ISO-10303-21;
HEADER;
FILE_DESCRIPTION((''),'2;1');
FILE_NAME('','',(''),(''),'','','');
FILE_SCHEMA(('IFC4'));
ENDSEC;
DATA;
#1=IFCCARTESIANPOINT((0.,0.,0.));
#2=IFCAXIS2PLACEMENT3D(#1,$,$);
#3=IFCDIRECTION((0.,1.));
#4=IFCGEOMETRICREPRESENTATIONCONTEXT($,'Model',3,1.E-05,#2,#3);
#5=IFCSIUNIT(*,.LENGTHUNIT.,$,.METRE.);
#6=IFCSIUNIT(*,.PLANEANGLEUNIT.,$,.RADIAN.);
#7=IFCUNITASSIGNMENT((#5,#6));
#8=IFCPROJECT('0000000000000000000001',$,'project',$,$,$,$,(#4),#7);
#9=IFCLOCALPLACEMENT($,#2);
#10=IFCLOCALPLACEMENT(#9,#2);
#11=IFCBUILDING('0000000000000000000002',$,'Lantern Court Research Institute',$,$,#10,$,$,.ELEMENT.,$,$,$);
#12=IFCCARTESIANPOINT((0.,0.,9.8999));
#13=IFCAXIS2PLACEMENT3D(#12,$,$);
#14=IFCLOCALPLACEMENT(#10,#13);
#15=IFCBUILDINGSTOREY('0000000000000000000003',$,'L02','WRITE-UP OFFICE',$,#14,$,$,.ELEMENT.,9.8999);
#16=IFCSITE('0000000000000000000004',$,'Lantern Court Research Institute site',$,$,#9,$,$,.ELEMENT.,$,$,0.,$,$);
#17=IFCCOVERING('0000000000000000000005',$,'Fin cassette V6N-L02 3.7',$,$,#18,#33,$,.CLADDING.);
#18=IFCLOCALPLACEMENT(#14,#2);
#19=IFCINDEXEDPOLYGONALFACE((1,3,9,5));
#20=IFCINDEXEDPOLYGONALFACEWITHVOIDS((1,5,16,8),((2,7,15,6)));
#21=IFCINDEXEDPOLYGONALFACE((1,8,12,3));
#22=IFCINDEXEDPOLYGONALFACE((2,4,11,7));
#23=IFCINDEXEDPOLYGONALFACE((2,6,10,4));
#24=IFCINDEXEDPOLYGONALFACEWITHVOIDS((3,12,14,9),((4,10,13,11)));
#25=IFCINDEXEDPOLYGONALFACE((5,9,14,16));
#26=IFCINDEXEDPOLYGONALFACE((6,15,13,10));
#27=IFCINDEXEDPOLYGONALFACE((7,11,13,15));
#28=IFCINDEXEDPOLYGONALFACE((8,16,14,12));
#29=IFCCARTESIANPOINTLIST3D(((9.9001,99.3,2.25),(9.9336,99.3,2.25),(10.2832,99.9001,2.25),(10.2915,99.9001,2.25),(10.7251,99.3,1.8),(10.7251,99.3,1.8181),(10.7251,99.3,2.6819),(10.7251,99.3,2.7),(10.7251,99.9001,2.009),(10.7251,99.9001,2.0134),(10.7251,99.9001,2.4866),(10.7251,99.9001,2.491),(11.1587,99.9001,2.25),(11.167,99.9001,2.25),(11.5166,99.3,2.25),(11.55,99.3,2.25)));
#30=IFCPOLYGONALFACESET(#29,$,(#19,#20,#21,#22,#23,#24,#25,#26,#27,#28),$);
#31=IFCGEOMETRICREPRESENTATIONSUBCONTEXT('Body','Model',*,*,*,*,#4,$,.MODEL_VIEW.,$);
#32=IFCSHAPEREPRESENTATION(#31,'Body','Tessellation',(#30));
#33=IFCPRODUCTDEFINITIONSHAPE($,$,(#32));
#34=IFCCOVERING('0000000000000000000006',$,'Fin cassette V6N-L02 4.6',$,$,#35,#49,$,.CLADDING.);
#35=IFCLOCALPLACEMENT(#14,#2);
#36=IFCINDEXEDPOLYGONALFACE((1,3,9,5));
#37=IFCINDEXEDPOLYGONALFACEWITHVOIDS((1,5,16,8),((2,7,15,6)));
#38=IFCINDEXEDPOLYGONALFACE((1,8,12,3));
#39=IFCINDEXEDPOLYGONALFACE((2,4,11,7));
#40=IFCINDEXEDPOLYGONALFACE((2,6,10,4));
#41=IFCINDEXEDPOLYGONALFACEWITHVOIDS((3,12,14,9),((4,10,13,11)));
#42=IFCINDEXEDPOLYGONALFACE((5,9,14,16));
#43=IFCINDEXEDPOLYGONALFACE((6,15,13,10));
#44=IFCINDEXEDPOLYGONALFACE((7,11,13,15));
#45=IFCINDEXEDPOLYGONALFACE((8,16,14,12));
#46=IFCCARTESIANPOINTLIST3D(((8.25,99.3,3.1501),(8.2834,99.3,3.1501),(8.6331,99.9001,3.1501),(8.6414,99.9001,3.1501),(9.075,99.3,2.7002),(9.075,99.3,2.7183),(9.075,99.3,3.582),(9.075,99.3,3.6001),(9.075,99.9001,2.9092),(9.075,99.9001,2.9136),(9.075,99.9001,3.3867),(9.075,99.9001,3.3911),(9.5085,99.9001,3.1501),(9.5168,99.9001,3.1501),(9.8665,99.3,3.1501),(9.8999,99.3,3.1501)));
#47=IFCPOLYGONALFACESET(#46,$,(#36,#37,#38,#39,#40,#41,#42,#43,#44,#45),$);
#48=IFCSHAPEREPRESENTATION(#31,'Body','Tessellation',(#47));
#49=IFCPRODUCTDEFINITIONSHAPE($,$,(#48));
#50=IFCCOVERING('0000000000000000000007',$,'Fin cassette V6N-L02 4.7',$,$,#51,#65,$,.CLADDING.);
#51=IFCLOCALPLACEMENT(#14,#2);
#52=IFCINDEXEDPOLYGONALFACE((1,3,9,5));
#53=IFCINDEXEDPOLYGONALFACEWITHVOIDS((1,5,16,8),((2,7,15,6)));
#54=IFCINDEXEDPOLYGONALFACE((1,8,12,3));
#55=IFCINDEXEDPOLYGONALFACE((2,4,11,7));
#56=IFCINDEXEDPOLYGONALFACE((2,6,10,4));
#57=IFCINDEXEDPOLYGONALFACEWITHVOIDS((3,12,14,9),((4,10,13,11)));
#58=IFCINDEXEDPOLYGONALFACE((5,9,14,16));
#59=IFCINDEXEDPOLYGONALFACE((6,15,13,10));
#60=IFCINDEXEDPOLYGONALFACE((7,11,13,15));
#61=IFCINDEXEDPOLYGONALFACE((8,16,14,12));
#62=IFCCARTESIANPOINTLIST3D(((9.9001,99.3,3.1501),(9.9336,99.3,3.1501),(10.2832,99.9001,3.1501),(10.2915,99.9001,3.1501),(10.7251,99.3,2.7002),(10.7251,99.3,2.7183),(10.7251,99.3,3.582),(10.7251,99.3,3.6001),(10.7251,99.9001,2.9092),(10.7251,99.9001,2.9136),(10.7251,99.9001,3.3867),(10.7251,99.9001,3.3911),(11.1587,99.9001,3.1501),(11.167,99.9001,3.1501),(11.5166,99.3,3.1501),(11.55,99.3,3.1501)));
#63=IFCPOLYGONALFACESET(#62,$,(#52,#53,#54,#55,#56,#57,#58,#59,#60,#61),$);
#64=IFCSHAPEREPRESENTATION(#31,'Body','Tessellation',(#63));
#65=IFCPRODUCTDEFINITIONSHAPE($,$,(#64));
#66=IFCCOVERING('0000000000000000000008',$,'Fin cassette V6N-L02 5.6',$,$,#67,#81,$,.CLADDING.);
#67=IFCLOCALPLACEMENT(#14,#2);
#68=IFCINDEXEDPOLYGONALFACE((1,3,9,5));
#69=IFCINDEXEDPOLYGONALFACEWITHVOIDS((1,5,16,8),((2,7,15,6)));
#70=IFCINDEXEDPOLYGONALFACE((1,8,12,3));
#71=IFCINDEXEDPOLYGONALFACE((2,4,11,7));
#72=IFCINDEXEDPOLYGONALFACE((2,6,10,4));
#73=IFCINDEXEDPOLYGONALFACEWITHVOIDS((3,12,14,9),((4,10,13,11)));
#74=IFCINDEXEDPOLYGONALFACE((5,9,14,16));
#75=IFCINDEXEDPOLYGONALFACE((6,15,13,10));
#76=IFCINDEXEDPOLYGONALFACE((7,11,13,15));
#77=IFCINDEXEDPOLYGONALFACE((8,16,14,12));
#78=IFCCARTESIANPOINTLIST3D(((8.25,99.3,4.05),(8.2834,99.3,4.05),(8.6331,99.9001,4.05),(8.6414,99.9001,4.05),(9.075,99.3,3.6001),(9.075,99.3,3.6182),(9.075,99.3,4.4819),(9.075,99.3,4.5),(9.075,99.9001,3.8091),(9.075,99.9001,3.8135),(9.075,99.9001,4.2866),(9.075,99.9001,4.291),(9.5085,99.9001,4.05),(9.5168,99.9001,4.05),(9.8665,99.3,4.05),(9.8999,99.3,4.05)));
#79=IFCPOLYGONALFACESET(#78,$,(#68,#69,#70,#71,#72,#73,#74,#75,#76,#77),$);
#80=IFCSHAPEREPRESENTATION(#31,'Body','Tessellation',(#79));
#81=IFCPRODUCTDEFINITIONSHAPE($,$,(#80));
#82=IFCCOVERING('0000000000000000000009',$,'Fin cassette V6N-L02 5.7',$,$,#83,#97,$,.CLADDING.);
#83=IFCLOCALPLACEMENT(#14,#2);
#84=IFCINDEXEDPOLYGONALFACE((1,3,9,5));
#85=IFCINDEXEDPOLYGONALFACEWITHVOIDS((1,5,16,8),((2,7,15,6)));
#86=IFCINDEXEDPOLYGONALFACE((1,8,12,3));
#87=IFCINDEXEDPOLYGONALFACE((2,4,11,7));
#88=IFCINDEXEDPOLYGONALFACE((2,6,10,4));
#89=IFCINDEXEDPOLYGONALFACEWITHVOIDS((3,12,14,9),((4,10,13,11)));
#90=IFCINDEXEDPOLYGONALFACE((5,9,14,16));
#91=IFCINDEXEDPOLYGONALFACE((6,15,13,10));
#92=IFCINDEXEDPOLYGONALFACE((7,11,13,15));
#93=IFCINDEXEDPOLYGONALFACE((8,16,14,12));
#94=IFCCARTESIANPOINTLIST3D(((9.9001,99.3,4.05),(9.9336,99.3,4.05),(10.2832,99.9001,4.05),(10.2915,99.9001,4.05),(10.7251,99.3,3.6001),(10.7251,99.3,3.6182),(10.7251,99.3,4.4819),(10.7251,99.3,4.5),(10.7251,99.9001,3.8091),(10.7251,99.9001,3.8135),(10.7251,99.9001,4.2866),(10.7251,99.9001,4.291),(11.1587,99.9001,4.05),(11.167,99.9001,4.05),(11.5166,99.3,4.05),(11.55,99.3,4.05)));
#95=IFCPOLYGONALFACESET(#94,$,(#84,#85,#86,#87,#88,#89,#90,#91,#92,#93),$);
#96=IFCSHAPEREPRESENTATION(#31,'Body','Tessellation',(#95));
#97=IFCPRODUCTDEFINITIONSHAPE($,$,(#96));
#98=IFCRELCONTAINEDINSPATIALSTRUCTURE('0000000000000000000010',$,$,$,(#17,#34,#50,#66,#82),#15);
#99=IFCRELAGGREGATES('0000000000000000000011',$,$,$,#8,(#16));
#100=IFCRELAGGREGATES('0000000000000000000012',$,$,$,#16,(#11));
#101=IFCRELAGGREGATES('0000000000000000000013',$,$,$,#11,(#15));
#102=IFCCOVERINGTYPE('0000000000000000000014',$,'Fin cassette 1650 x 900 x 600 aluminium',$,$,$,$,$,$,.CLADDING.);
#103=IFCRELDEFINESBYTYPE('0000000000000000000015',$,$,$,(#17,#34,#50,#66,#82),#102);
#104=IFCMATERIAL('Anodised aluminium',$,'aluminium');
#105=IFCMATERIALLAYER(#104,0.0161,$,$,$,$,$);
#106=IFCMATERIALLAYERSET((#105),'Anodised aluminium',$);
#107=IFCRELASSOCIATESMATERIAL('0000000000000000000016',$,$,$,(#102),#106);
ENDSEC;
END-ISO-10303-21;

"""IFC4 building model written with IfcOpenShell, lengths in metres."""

from ifc_helpers import new_model, entity, si_unit, direction, frame, origin, place, context, subcontext, project, spatial, material, layer, layer_set, type_object, element, save


model = new_model("IFC4")

# Units and contexts
model_context = context("Model", 3, precision=1e-05, world=origin(), true_north=direction((0.0, 1.0)))
body_context = subcontext(model_context, "Body", "Model", "MODEL_VIEW")
ifc_project = project(units=[si_unit("LENGTHUNIT", "METRE"), si_unit("PLANEANGLEUNIT", "RADIAN")], contexts=[model_context])

# Site, building, storey
site_placement = place(None, origin())
site = spatial("IfcSite", under=ifc_project, at=site_placement, Name="Lantern Court Research Institute site", CompositionType="ELEMENT", RefElevation=0.0)
building_placement = place(site_placement, origin())
building = spatial("IfcBuilding", under=site, at=building_placement, Name="Lantern Court Research Institute", CompositionType="ELEMENT")
storey_placement = place(building_placement, frame((0.0, 0.0, 9.8999)))
storey = spatial("IfcBuildingStorey", under=building, at=storey_placement, Name="L02", Description="WRITE-UP OFFICE", CompositionType="ELEMENT", Elevation=9.8999)

# Coverings
ifc_material_1 = material(Name="Anodised aluminium", Category="aluminium")
ifc_layer_1 = layer(ifc_material_1, 0.0161)
ifc_layer_set_1 = layer_set([ifc_layer_1], Name="Anodised aluminium")
covering_type_1 = type_object("IfcCoveringType", Name="Fin cassette 1650 x 900 x 600 aluminium", PredefinedType="CLADDING", material=ifc_layer_set_1)
covering_1_placement = place(storey_placement, frame((10.7251, 99.3, 2.25), z_axis=(0.0, 1.0, 0.0), x_axis=(-1.0, 0.0, 0.0)))
cartesian_point_1 = entity("IfcCartesianPoint", [0.825, 0.0])
cartesian_point_2 = entity("IfcCartesianPoint", [0.7915, 0.0])
cartesian_point_3 = entity("IfcCartesianPoint", [0.4419, 0.0])
cartesian_point_4 = entity("IfcCartesianPoint", [0.4336, 0.0])
element("IfcCovering", 1, at=covering_1_placement, inside=storey, type_object=covering_type_1, Name="Fin cassette V6N-L02 3.7", PredefinedType="CLADDING", context=body_context, shape_type="SweptSolid", body=[
    entity("IfcExtrudedAreaSolidTapered", entity("IfcArbitraryProfileDefWithVoids", "AREA", None, entity("IfcPolyline", [cartesian_point_1, entity("IfcCartesianPoint", [0.0, 0.45]), entity("IfcCartesianPoint", [-0.825, 0.0]), entity("IfcCartesianPoint", [0.0, -0.45]), cartesian_point_1]), [entity("IfcPolyline", [cartesian_point_2, entity("IfcCartesianPoint", [0.0, 0.4319]), entity("IfcCartesianPoint", [-0.7915, 0.0]), entity("IfcCartesianPoint", [0.0, -0.4319]), cartesian_point_2])]), entity("IfcAxis2Placement3D", entity("IfcCartesianPoint", [0.0, 0.0, 0.0])), entity("IfcDirection", [0.0, 0.0, 1.0]), 0.6001, entity("IfcArbitraryProfileDefWithVoids", "AREA", None, entity("IfcPolyline", [cartesian_point_3, entity("IfcCartesianPoint", [0.0, 0.241]), entity("IfcCartesianPoint", [-0.4419, 0.0]), entity("IfcCartesianPoint", [0.0, -0.241]), cartesian_point_3]), [entity("IfcPolyline", [cartesian_point_4, entity("IfcCartesianPoint", [0.0, 0.2366]), entity("IfcCartesianPoint", [-0.4336, 0.0]), entity("IfcCartesianPoint", [0.0, -0.2366]), cartesian_point_4])])),
])
covering_2_placement = place(storey_placement, frame((9.075, 99.3, 3.1501), z_axis=(0.0, 1.0, 0.0), x_axis=(-1.0, 0.0, 0.0)))
cartesian_point_5 = entity("IfcCartesianPoint", [0.825, 0.0])
cartesian_point_6 = entity("IfcCartesianPoint", [0.7915, 0.0])
cartesian_point_7 = entity("IfcCartesianPoint", [0.4419, 0.0])
cartesian_point_8 = entity("IfcCartesianPoint", [0.4336, 0.0])
element("IfcCovering", 2, at=covering_2_placement, inside=storey, type_object=covering_type_1, Name="Fin cassette V6N-L02 4.6", PredefinedType="CLADDING", context=body_context, shape_type="SweptSolid", body=[
    entity("IfcExtrudedAreaSolidTapered", entity("IfcArbitraryProfileDefWithVoids", "AREA", None, entity("IfcPolyline", [cartesian_point_5, entity("IfcCartesianPoint", [0.0, 0.45]), entity("IfcCartesianPoint", [-0.825, 0.0]), entity("IfcCartesianPoint", [0.0, -0.45]), cartesian_point_5]), [entity("IfcPolyline", [cartesian_point_6, entity("IfcCartesianPoint", [0.0, 0.4319]), entity("IfcCartesianPoint", [-0.7915, 0.0]), entity("IfcCartesianPoint", [0.0, -0.4319]), cartesian_point_6])]), entity("IfcAxis2Placement3D", entity("IfcCartesianPoint", [0.0, 0.0, 0.0])), entity("IfcDirection", [0.0, 0.0, 1.0]), 0.6001, entity("IfcArbitraryProfileDefWithVoids", "AREA", None, entity("IfcPolyline", [cartesian_point_7, entity("IfcCartesianPoint", [0.0, 0.241]), entity("IfcCartesianPoint", [-0.4419, 0.0]), entity("IfcCartesianPoint", [0.0, -0.241]), cartesian_point_7]), [entity("IfcPolyline", [cartesian_point_8, entity("IfcCartesianPoint", [0.0, 0.2366]), entity("IfcCartesianPoint", [-0.4336, 0.0]), entity("IfcCartesianPoint", [0.0, -0.2366]), cartesian_point_8])])),
])
covering_3_placement = place(storey_placement, frame((10.7251, 99.3, 3.1501), z_axis=(0.0, 1.0, 0.0), x_axis=(-1.0, 0.0, 0.0)))
cartesian_point_9 = entity("IfcCartesianPoint", [0.825, 0.0])
cartesian_point_10 = entity("IfcCartesianPoint", [0.7915, 0.0])
cartesian_point_11 = entity("IfcCartesianPoint", [0.4419, 0.0])
cartesian_point_12 = entity("IfcCartesianPoint", [0.4336, 0.0])
element("IfcCovering", 3, at=covering_3_placement, inside=storey, type_object=covering_type_1, Name="Fin cassette V6N-L02 4.7", PredefinedType="CLADDING", context=body_context, shape_type="SweptSolid", body=[
    entity("IfcExtrudedAreaSolidTapered", entity("IfcArbitraryProfileDefWithVoids", "AREA", None, entity("IfcPolyline", [cartesian_point_9, entity("IfcCartesianPoint", [0.0, 0.45]), entity("IfcCartesianPoint", [-0.825, 0.0]), entity("IfcCartesianPoint", [0.0, -0.45]), cartesian_point_9]), [entity("IfcPolyline", [cartesian_point_10, entity("IfcCartesianPoint", [0.0, 0.4319]), entity("IfcCartesianPoint", [-0.7915, 0.0]), entity("IfcCartesianPoint", [0.0, -0.4319]), cartesian_point_10])]), entity("IfcAxis2Placement3D", entity("IfcCartesianPoint", [0.0, 0.0, 0.0])), entity("IfcDirection", [0.0, 0.0, 1.0]), 0.6001, entity("IfcArbitraryProfileDefWithVoids", "AREA", None, entity("IfcPolyline", [cartesian_point_11, entity("IfcCartesianPoint", [0.0, 0.241]), entity("IfcCartesianPoint", [-0.4419, 0.0]), entity("IfcCartesianPoint", [0.0, -0.241]), cartesian_point_11]), [entity("IfcPolyline", [cartesian_point_12, entity("IfcCartesianPoint", [0.0, 0.2366]), entity("IfcCartesianPoint", [-0.4336, 0.0]), entity("IfcCartesianPoint", [0.0, -0.2366]), cartesian_point_12])])),
])
covering_4_placement = place(storey_placement, frame((9.075, 99.3, 4.05), z_axis=(0.0, 1.0, 0.0), x_axis=(-1.0, 0.0, 0.0)))
cartesian_point_13 = entity("IfcCartesianPoint", [0.825, 0.0])
cartesian_point_14 = entity("IfcCartesianPoint", [0.7915, 0.0])
cartesian_point_15 = entity("IfcCartesianPoint", [0.4419, 0.0])
cartesian_point_16 = entity("IfcCartesianPoint", [0.4336, 0.0])
element("IfcCovering", 4, at=covering_4_placement, inside=storey, type_object=covering_type_1, Name="Fin cassette V6N-L02 5.6", PredefinedType="CLADDING", context=body_context, shape_type="SweptSolid", body=[
    entity("IfcExtrudedAreaSolidTapered", entity("IfcArbitraryProfileDefWithVoids", "AREA", None, entity("IfcPolyline", [cartesian_point_13, entity("IfcCartesianPoint", [0.0, 0.45]), entity("IfcCartesianPoint", [-0.825, 0.0]), entity("IfcCartesianPoint", [0.0, -0.45]), cartesian_point_13]), [entity("IfcPolyline", [cartesian_point_14, entity("IfcCartesianPoint", [0.0, 0.4319]), entity("IfcCartesianPoint", [-0.7915, 0.0]), entity("IfcCartesianPoint", [0.0, -0.4319]), cartesian_point_14])]), entity("IfcAxis2Placement3D", entity("IfcCartesianPoint", [0.0, 0.0, 0.0])), entity("IfcDirection", [0.0, 0.0, 1.0]), 0.6001, entity("IfcArbitraryProfileDefWithVoids", "AREA", None, entity("IfcPolyline", [cartesian_point_15, entity("IfcCartesianPoint", [0.0, 0.241]), entity("IfcCartesianPoint", [-0.4419, 0.0]), entity("IfcCartesianPoint", [0.0, -0.241]), cartesian_point_15]), [entity("IfcPolyline", [cartesian_point_16, entity("IfcCartesianPoint", [0.0, 0.2366]), entity("IfcCartesianPoint", [-0.4336, 0.0]), entity("IfcCartesianPoint", [0.0, -0.2366]), cartesian_point_16])])),
])
covering_5_placement = place(storey_placement, frame((10.7251, 99.3, 4.05), z_axis=(0.0, 1.0, 0.0), x_axis=(-1.0, 0.0, 0.0)))
cartesian_point_17 = entity("IfcCartesianPoint", [0.825, 0.0])
cartesian_point_18 = entity("IfcCartesianPoint", [0.7915, 0.0])
cartesian_point_19 = entity("IfcCartesianPoint", [0.4419, 0.0])
cartesian_point_20 = entity("IfcCartesianPoint", [0.4336, 0.0])
element("IfcCovering", 5, at=covering_5_placement, inside=storey, type_object=covering_type_1, Name="Fin cassette V6N-L02 5.7", PredefinedType="CLADDING", context=body_context, shape_type="SweptSolid", body=[
    entity("IfcExtrudedAreaSolidTapered", entity("IfcArbitraryProfileDefWithVoids", "AREA", None, entity("IfcPolyline", [cartesian_point_17, entity("IfcCartesianPoint", [0.0, 0.45]), entity("IfcCartesianPoint", [-0.825, 0.0]), entity("IfcCartesianPoint", [0.0, -0.45]), cartesian_point_17]), [entity("IfcPolyline", [cartesian_point_18, entity("IfcCartesianPoint", [0.0, 0.4319]), entity("IfcCartesianPoint", [-0.7915, 0.0]), entity("IfcCartesianPoint", [0.0, -0.4319]), cartesian_point_18])]), entity("IfcAxis2Placement3D", entity("IfcCartesianPoint", [0.0, 0.0, 0.0])), entity("IfcDirection", [0.0, 0.0, 1.0]), 0.6001, entity("IfcArbitraryProfileDefWithVoids", "AREA", None, entity("IfcPolyline", [cartesian_point_19, entity("IfcCartesianPoint", [0.0, 0.241]), entity("IfcCartesianPoint", [-0.4419, 0.0]), entity("IfcCartesianPoint", [0.0, -0.241]), cartesian_point_19]), [entity("IfcPolyline", [cartesian_point_20, entity("IfcCartesianPoint", [0.0, 0.2366]), entity("IfcCartesianPoint", [-0.4336, 0.0]), entity("IfcCartesianPoint", [0.0, -0.2366]), cartesian_point_20])])),
])

save(model, "model.ifc")
